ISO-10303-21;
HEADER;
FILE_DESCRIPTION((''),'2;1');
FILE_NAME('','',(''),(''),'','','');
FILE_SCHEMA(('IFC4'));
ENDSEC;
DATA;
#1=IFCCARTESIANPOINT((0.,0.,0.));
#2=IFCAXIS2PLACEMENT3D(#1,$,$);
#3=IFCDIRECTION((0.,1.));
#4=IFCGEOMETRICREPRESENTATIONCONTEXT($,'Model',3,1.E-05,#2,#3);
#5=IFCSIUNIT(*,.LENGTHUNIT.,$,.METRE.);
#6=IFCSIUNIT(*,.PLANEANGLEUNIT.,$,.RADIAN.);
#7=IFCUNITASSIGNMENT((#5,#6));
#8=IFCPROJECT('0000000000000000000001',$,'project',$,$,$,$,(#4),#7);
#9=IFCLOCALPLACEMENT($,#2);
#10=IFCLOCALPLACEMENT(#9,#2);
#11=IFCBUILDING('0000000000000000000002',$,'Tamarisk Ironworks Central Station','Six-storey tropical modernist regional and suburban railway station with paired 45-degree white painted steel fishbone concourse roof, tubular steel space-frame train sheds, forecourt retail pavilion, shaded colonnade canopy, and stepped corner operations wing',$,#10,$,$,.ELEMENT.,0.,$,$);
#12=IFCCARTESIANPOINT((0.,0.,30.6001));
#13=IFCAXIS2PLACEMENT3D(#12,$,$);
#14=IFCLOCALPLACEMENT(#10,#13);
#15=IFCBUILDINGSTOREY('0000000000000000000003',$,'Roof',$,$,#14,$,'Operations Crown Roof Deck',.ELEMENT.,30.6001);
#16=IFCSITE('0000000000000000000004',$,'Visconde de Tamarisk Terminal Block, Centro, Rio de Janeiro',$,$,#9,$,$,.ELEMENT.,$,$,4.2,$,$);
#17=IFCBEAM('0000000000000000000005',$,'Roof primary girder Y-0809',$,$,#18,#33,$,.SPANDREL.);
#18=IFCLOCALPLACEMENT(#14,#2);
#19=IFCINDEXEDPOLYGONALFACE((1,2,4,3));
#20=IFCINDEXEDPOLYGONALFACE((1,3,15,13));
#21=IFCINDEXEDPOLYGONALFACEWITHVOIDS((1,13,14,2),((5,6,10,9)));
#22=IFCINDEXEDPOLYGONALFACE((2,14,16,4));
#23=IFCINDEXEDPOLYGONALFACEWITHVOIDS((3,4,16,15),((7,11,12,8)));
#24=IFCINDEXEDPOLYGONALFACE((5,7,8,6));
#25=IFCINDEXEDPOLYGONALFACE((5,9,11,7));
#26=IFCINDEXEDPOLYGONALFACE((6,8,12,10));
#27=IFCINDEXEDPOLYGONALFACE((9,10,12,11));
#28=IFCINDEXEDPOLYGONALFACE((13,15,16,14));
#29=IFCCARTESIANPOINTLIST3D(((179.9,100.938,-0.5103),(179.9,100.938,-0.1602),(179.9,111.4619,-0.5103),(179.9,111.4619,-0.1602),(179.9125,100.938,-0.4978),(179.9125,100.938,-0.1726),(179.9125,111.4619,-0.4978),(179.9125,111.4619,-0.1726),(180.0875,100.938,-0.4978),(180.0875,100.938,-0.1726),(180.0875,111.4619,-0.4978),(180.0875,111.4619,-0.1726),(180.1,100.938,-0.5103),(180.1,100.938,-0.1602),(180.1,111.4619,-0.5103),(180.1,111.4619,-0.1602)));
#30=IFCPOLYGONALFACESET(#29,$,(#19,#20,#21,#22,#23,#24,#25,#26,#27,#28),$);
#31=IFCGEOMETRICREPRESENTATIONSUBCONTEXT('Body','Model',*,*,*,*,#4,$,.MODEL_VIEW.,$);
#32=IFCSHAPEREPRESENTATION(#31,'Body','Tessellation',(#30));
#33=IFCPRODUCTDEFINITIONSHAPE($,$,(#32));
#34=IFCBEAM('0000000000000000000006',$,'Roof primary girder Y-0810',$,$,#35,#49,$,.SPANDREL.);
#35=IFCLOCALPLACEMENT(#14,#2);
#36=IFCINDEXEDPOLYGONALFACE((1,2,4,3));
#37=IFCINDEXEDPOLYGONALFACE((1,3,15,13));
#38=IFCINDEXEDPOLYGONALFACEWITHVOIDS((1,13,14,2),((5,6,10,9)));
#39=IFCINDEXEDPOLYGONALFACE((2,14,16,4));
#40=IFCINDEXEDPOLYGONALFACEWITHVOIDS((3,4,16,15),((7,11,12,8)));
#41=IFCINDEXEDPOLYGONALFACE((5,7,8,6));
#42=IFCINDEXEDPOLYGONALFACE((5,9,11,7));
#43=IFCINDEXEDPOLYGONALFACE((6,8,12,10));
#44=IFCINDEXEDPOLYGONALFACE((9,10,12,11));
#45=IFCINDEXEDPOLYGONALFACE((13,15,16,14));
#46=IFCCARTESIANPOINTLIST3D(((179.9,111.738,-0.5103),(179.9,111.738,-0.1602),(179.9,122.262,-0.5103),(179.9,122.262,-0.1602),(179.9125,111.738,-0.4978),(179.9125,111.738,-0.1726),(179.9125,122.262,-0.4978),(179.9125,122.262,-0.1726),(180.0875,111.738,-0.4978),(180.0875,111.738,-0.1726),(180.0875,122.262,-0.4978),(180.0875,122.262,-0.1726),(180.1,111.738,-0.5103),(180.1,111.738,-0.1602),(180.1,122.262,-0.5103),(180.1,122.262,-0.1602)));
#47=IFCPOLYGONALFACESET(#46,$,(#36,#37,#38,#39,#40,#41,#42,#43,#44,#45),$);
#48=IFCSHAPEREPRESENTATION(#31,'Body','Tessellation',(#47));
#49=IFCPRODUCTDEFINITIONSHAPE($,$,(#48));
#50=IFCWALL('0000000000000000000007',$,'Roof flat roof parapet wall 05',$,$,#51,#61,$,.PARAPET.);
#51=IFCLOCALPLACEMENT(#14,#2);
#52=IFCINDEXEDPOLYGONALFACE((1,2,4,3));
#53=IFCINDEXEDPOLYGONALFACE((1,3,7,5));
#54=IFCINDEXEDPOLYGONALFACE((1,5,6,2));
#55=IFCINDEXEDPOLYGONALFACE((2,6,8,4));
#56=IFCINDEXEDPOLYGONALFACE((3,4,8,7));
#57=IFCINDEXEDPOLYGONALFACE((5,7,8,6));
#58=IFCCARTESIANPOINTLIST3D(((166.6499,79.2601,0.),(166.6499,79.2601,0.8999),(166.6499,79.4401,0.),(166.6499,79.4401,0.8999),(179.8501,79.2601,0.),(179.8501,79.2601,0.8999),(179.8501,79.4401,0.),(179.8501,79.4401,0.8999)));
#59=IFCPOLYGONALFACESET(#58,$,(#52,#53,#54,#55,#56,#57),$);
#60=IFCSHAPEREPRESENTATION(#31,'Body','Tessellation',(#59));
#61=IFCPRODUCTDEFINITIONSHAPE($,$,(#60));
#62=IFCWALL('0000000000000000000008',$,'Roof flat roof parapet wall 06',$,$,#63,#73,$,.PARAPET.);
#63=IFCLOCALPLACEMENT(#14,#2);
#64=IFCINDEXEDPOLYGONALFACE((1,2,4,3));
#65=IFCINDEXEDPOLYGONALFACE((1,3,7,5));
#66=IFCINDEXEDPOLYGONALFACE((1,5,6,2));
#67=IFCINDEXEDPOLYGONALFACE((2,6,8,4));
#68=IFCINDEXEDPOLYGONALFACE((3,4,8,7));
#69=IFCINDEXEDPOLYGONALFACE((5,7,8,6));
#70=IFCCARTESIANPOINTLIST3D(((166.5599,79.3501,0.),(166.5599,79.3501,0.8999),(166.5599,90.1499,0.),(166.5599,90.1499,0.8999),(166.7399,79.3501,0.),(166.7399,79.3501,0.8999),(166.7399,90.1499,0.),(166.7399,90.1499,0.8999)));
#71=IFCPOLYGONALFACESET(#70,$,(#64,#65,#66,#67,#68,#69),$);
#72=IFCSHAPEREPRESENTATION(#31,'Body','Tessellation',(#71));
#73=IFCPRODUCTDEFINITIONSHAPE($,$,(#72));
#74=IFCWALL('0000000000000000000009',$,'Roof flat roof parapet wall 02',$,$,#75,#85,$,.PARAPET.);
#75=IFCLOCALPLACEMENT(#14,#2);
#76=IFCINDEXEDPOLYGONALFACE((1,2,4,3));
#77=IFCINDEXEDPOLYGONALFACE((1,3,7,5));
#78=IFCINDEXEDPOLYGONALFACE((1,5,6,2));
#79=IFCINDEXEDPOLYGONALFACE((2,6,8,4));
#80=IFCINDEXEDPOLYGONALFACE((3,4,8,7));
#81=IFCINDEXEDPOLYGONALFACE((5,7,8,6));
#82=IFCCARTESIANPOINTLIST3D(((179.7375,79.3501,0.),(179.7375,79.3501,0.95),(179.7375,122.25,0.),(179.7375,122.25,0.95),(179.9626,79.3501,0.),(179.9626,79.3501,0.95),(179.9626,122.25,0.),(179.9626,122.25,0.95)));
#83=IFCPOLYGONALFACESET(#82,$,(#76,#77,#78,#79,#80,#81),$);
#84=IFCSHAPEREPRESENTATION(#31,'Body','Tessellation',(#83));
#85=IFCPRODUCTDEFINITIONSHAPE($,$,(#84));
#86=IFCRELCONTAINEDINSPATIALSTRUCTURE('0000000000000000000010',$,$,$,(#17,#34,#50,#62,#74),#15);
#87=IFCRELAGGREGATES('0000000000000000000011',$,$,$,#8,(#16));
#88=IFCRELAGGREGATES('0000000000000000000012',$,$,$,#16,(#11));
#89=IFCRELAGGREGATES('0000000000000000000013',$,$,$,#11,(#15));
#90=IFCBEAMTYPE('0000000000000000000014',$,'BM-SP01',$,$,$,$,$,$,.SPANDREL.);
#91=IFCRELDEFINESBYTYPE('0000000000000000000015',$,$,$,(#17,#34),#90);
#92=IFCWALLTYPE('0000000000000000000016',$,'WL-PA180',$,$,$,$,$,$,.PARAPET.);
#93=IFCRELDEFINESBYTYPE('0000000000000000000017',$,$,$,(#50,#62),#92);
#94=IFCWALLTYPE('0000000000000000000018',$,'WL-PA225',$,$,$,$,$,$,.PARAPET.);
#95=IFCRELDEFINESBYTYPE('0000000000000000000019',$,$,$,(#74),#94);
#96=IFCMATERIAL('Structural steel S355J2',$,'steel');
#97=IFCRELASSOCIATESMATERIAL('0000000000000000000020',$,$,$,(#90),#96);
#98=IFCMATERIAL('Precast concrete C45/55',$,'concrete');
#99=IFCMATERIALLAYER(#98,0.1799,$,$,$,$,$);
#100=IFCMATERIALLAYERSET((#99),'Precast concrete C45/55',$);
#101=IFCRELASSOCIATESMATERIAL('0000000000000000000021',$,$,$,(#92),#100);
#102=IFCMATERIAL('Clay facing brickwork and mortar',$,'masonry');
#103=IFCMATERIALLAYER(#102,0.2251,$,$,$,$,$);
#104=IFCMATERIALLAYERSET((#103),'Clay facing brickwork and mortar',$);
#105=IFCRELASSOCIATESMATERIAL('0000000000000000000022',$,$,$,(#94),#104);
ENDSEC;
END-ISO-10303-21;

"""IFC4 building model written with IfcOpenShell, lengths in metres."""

from ifc_helpers import new_model, si_unit, direction, frame, frame_2d, origin, origin_2d, place, context, subcontext, project, spatial, rectangle, hollow_rectangle, extrude, material, layer, layer_set, material_profile, profile_set, type_object, element, save


model = new_model("IFC4")

# Units and contexts
model_context = context("Model", 3, precision=1e-05, world=origin(), true_north=direction((0.0, 1.0)))
body_context = subcontext(model_context, "Body", "Model", "MODEL_VIEW")
ifc_project = project(units=[si_unit("LENGTHUNIT", "METRE"), si_unit("PLANEANGLEUNIT", "RADIAN")], contexts=[model_context])

# Site, building, storey
site_placement = place(None, origin())
site = spatial("IfcSite", under=ifc_project, at=site_placement, Name="Visconde de Tamarisk Terminal Block, Centro, Rio de Janeiro", CompositionType="ELEMENT", RefElevation=4.2)
building_placement = place(site_placement, origin())
building = spatial("IfcBuilding", under=site, at=building_placement, Name="Tamarisk Ironworks Central Station", Description="Six-storey tropical modernist regional and suburban railway station with paired 45-degree white painted steel fishbone concourse roof, tubular steel space-frame train sheds, forecourt retail pavilion, shaded colonnade canopy, and stepped corner operations wing", CompositionType="ELEMENT", ElevationOfRefHeight=0.0)
storey_placement = place(building_placement, frame((0.0, 0.0, 30.6001)))
storey = spatial("IfcBuildingStorey", under=building, at=storey_placement, Name="Roof", LongName="Operations Crown Roof Deck", CompositionType="ELEMENT", Elevation=30.6001)

# Beams
ifc_material_1 = material(Name="Structural steel S355J2", Category="steel")
ifc_material_profile_1 = material_profile(ifc_material_1, hollow_rectangle(XDim=0.2, YDim=0.3501, WallThickness=0.0125, at=origin_2d()), Name="RHS 350x200x12.5")
ifc_profile_set_1 = profile_set([ifc_material_profile_1], Name="Structural steel S355J2")
beam_type_1 = type_object("IfcBeamType", Name="BM-SP01", PredefinedType="SPANDREL", material=ifc_profile_set_1)
for number, where, z_axis, x_axis, name in (
    (1, (180.0, 100.938, -0.3352), (0.0, 1.0, 0.0), (-1.0, 0.0, 0.0), "Roof primary girder Y-0809"),
    (2, (180.0, 111.738, -0.3352), (0.0, 1.0, 0.0), (-1.0, 0.0, 0.0), "Roof primary girder Y-0810"),
):
    element("IfcBeam", number, at=place(storey_placement, frame(where, z_axis=z_axis, x_axis=x_axis)), inside=storey, type_object=beam_type_1, Name=name, PredefinedType="SPANDREL", context=body_context, shape_type="SweptSolid", body=[
        extrude(hollow_rectangle(XDim=0.2, YDim=0.3501, WallThickness=0.0125, at=origin_2d()), origin(), (0.0, 0.0, 1.0), 10.5239),
    ])

# Walls
ifc_material_2 = material(Name="Precast concrete C45/55", Category="concrete")
ifc_layer_1 = layer(ifc_material_2, 0.1799)
ifc_layer_set_1 = layer_set([ifc_layer_1], Name="Precast concrete C45/55")
wall_type_1 = type_object("IfcWallType", Name="WL-PA180", PredefinedType="PARAPET", material=ifc_layer_set_1)
wall_1_placement = place(storey_placement, frame((166.6499, 79.3501, 0.0), z_axis=(0.0, 0.0, 1.0), x_axis=(1.0, 0.0, 0.0)))
element("IfcWall", 3, at=wall_1_placement, inside=storey, type_object=wall_type_1, Name="Roof flat roof parapet wall 05", PredefinedType="PARAPET", context=body_context, shape_type="SweptSolid", body=[
    extrude(rectangle(XDim=13.2002, YDim=0.1799, at=frame_2d((6.6001, 0.0))), origin(), (0.0, 0.0, 1.0), 0.8999),
])
wall_2_placement = place(storey_placement, frame((166.6499, 79.3501, 0.0), z_axis=(0.0, 0.0, 1.0), x_axis=(0.0, 1.0, 0.0)))
element("IfcWall", 4, at=wall_2_placement, inside=storey, type_object=wall_type_1, Name="Roof flat roof parapet wall 06", PredefinedType="PARAPET", context=body_context, shape_type="SweptSolid", body=[
    extrude(rectangle(XDim=10.7998, YDim=0.1799, at=frame_2d((5.3999, 0.0))), origin(), (0.0, 0.0, 1.0), 0.8999),
])
ifc_material_3 = material(Name="Clay facing brickwork and mortar", Category="masonry")
ifc_layer_2 = layer(ifc_material_3, 0.2251)
ifc_layer_set_2 = layer_set([ifc_layer_2], Name="Clay facing brickwork and mortar")
wall_type_2 = type_object("IfcWallType", Name="WL-PA225", PredefinedType="PARAPET", material=ifc_layer_set_2)
wall_3_placement = place(storey_placement, frame((179.8501, 79.3501, 0.0), z_axis=(0.0, 0.0, 1.0), x_axis=(0.0, 1.0, 0.0)))
element("IfcWall", 5, at=wall_3_placement, inside=storey, type_object=wall_type_2, Name="Roof flat roof parapet wall 02", PredefinedType="PARAPET", context=body_context, shape_type="SweptSolid", body=[
    extrude(rectangle(XDim=42.8999, YDim=0.2251, at=frame_2d((21.45, 0.0))), origin(), (0.0, 0.0, 1.0), 0.95),
])

save(model, "model.ifc")
